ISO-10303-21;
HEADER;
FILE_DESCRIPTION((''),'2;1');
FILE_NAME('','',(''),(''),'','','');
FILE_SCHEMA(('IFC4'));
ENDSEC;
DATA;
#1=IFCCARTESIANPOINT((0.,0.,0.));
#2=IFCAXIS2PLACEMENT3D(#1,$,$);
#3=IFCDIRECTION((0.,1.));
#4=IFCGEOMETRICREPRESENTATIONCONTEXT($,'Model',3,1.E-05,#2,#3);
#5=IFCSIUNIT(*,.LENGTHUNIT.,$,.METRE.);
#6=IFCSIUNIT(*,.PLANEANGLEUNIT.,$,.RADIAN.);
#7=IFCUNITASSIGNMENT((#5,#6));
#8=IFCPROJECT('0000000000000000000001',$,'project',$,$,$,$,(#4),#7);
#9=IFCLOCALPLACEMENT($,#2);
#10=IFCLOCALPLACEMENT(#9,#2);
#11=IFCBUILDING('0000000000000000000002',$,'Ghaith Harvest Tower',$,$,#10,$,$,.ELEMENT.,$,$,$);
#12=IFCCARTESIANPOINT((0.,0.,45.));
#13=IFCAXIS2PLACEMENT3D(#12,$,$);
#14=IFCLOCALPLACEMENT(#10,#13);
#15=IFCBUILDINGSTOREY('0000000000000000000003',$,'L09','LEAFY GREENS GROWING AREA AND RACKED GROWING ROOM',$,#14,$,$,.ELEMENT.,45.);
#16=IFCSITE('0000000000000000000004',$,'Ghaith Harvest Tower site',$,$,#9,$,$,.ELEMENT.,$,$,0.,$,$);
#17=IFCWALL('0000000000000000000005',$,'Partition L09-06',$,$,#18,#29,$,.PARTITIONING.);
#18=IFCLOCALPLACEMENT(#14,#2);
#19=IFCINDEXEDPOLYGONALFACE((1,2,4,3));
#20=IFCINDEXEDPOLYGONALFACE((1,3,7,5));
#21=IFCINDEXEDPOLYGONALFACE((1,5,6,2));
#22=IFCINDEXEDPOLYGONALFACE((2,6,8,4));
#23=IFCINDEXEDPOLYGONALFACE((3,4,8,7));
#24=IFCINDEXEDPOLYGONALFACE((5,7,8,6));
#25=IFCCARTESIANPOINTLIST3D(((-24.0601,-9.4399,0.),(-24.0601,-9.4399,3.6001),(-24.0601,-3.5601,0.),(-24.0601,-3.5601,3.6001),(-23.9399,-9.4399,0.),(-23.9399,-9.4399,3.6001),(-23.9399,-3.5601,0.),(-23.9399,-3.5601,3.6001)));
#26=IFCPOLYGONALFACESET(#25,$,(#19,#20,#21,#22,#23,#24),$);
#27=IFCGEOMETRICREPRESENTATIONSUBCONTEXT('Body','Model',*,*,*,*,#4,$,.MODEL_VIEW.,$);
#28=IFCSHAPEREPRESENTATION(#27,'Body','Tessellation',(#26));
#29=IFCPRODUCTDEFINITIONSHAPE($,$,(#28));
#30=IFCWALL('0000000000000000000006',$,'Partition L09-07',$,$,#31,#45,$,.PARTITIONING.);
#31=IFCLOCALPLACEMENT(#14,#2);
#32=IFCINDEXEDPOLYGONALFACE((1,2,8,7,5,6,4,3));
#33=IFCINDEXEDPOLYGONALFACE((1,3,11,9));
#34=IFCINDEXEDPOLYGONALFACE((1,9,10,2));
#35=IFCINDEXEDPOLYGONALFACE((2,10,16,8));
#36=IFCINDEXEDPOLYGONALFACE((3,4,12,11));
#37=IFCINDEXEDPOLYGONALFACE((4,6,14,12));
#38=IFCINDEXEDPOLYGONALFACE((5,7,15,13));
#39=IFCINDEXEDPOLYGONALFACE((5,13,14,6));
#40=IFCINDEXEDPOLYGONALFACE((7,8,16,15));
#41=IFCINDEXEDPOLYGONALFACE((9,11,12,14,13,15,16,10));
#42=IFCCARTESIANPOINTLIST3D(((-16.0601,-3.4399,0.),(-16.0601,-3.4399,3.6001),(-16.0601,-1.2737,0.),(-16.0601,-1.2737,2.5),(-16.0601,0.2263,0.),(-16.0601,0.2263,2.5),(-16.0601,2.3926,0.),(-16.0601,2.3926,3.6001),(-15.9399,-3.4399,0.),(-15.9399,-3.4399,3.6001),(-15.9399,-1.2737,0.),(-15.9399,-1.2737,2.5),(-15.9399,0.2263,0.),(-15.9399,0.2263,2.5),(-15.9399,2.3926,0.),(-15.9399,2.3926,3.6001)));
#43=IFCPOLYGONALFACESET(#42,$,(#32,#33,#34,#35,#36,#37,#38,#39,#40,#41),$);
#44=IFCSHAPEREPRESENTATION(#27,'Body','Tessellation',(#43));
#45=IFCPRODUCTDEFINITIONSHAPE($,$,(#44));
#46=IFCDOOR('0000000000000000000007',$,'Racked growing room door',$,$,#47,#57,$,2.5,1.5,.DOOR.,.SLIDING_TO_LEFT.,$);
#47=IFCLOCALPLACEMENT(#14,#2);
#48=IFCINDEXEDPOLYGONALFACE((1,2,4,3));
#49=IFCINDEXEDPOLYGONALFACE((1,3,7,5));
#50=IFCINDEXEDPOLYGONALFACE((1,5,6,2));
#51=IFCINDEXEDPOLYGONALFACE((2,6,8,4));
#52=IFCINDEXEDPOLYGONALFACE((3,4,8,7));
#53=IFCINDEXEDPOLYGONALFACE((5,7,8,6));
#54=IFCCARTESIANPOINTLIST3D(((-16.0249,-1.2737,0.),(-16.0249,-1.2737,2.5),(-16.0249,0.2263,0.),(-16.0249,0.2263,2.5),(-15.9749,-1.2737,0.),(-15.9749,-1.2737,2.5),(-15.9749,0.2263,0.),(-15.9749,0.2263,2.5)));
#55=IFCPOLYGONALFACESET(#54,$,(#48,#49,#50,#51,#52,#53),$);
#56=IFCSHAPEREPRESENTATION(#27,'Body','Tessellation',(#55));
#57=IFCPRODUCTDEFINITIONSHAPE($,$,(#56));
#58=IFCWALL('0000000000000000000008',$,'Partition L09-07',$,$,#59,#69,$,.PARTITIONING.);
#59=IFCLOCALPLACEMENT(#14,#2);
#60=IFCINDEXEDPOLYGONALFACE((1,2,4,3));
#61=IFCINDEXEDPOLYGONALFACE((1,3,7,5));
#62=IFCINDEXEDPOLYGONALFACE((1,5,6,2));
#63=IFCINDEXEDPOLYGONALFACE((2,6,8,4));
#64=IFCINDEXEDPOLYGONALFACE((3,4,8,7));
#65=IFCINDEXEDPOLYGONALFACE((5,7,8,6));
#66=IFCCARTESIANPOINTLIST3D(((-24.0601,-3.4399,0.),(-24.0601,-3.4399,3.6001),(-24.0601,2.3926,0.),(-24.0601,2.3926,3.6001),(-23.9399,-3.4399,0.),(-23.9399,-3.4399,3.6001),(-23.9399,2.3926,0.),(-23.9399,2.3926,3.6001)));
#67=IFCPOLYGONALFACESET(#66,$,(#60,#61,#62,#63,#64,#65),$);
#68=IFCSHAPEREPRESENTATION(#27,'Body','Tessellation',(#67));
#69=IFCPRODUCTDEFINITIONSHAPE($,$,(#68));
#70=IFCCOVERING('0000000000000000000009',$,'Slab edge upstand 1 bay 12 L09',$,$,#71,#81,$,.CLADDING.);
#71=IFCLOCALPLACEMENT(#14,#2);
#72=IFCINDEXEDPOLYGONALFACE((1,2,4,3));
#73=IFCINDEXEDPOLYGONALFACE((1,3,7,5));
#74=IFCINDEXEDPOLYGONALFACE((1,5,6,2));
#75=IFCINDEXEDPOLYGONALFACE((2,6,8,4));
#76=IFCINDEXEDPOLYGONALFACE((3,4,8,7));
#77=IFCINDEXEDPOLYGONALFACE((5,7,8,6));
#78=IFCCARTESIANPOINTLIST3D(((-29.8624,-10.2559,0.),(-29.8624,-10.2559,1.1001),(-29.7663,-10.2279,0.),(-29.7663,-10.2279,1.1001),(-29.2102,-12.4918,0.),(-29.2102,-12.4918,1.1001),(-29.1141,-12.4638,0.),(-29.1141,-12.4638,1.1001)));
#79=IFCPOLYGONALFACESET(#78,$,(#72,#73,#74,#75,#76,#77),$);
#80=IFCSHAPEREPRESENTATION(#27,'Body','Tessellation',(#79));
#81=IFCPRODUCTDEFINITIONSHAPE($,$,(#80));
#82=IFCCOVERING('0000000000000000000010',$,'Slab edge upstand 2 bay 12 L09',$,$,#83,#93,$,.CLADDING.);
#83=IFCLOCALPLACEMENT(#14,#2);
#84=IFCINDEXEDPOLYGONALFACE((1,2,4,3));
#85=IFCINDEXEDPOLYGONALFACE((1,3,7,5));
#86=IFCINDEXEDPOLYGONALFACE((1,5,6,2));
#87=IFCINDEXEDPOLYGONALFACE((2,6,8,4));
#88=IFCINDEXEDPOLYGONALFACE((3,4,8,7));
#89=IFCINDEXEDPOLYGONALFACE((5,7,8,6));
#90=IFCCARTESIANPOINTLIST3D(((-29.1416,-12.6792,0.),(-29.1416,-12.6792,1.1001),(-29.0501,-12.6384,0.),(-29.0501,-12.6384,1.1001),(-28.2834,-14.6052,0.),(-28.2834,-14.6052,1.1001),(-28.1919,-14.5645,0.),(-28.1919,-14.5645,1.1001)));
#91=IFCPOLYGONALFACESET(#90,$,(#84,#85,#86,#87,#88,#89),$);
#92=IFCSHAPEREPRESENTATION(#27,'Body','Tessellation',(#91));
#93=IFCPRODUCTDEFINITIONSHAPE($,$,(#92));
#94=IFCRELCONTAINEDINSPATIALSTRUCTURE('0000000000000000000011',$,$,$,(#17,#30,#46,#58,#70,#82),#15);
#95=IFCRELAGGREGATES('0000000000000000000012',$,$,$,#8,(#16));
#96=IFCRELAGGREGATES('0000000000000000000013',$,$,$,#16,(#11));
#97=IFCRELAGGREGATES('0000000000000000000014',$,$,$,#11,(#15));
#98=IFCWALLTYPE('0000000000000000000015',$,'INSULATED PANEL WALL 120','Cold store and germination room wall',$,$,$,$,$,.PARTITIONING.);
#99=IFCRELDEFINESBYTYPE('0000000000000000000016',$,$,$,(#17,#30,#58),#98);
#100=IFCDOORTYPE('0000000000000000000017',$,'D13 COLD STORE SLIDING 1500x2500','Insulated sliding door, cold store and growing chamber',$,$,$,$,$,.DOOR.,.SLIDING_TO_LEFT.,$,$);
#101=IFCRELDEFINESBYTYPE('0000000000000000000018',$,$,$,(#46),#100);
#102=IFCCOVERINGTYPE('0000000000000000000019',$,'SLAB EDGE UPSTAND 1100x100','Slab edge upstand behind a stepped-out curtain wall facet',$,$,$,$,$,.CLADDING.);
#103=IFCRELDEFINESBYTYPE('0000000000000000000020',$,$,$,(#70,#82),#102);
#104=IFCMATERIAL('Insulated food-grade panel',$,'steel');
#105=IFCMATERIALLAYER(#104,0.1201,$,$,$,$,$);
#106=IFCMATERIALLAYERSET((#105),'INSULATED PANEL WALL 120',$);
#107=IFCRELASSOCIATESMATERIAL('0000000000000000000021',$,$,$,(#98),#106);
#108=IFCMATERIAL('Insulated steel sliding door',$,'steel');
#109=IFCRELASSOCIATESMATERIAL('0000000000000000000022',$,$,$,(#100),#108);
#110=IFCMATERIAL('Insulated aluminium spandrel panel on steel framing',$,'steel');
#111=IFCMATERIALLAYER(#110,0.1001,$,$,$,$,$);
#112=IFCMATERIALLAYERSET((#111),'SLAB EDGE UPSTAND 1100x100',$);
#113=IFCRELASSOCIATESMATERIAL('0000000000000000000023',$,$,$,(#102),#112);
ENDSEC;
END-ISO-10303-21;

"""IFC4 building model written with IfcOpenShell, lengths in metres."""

from ifc_helpers import new_model, si_unit, direction, frame, frame_2d, origin, origin_2d, place, context, subcontext, project, spatial, rectangle, extrude, material, layer, layer_set, type_object, element, fill, save


model = new_model("IFC4")

# Units and contexts
model_context = context("Model", 3, precision=1e-05, world=origin(), true_north=direction((0.0, 1.0)))
body_context = subcontext(model_context, "Body", "Model", "MODEL_VIEW")
ifc_project = project(units=[si_unit("LENGTHUNIT", "METRE"), si_unit("PLANEANGLEUNIT", "RADIAN")], contexts=[model_context])

# Site, building, storey
site_placement = place(None, origin())
site = spatial("IfcSite", under=ifc_project, at=site_placement, Name="Ghaith Harvest Tower site", CompositionType="ELEMENT", RefElevation=0.0)
building_placement = place(site_placement, origin())
building = spatial("IfcBuilding", under=site, at=building_placement, Name="Ghaith Harvest Tower", CompositionType="ELEMENT")
storey_placement = place(building_placement, frame((0.0, 0.0, 45.0)))
storey = spatial("IfcBuildingStorey", under=building, at=storey_placement, Name="L09", Description="LEAFY GREENS GROWING AREA AND RACKED GROWING ROOM", CompositionType="ELEMENT", Elevation=45.0)

# Shared definitions
ifc_material_1 = material(Name="Insulated food-grade panel", Category="steel")
ifc_layer_1 = layer(ifc_material_1, 0.1201)
ifc_layer_set_1 = layer_set([ifc_layer_1], Name="INSULATED PANEL WALL 120")
wall_type_1 = type_object("IfcWallType", Name="INSULATED PANEL WALL 120", Description="Cold store and germination room wall", PredefinedType="PARTITIONING", material=ifc_layer_set_1)

# Shared definitions
ifc_material_2 = material(Name="Insulated steel sliding door", Category="steel")
door_type_1 = type_object("IfcDoorType", Name="D13 COLD STORE SLIDING 1500x2500", Description="Insulated sliding door, cold store and growing chamber", OperationType="SLIDING_TO_LEFT", PredefinedType="DOOR", material=ifc_material_2)

# Wall
wall_1_placement = place(storey_placement, frame((-24.0, -9.4399, 0.0), z_axis=(0.0, 0.0, 1.0), x_axis=(0.0, 1.0, 0.0)))
element("IfcWall", 1, at=wall_1_placement, inside=storey, type_object=wall_type_1, Name="Partition L09-06", PredefinedType="PARTITIONING", context=body_context, shape_type="SweptSolid", body=[
    extrude(rectangle(XDim=5.8799, YDim=0.1201, at=frame_2d((2.9399, 0.0))), origin(), (0.0, 0.0, 1.0), 3.6001),
])

# Wall, opening, door
wall_2_placement = place(storey_placement, frame((-16.0, -3.4399, 0.0), z_axis=(0.0, 0.0, 1.0), x_axis=(0.0, 1.0, 0.0)))
wall_2 = element("IfcWall", 2, at=wall_2_placement, inside=storey, type_object=wall_type_1, Name="Partition L09-07", PredefinedType="PARTITIONING", context=body_context, shape_type="SweptSolid", body=[
    extrude(rectangle(XDim=5.8325, YDim=0.1201, at=frame_2d((2.9163, 0.0))), origin(), (0.0, 0.0, 1.0), 3.6001),
])
opening_1_placement = place(wall_2_placement, frame((2.1663, 0.0, 0.0)))
opening_1 = element("IfcOpeningElement", 3, at=opening_1_placement, cuts=wall_2, PredefinedType="OPENING", context=body_context, shape_type="SweptSolid", body=[
    extrude(rectangle(XDim=1.5, YDim=2.5, at=frame_2d((0.75, 1.25))), frame((0.0, 0.0701, 0.0), z_axis=(0.0, -1.0, 0.0), x_axis=(1.0, 0.0, 0.0)), (0.0, 0.0, 1.0), 0.1401),
])
door_1_placement = place(opening_1_placement, origin())
door_1 = element("IfcDoor", 4, at=door_1_placement, inside=storey, type_object=door_type_1, Name="Racked growing room door", OperationType="SLIDING_TO_LEFT", OverallHeight=2.5, OverallWidth=1.5, PredefinedType="DOOR", context=body_context, shape_type="SweptSolid", body=[
    extrude(rectangle(XDim=1.5, YDim=2.5, at=frame_2d((0.75, 1.25))), frame((0.0, 0.0249, 0.0), z_axis=(0.0, -1.0, 0.0), x_axis=(1.0, 0.0, 0.0)), (0.0, 0.0, 1.0), 0.05),
])
fill(opening_1, door_1)

# Wall
wall_3_placement = place(storey_placement, frame((-24.0, -3.4399, 0.0), z_axis=(0.0, 0.0, 1.0), x_axis=(0.0, 1.0, 0.0)))
element("IfcWall", 5, at=wall_3_placement, inside=storey, type_object=wall_type_1, Name="Partition L09-07", PredefinedType="PARTITIONING", context=body_context, shape_type="SweptSolid", body=[
    extrude(rectangle(XDim=5.8325, YDim=0.1201, at=frame_2d((2.9163, 0.0))), origin(), (0.0, 0.0, 1.0), 3.6001),
])

# Coverings
ifc_material_3 = material(Name="Insulated aluminium spandrel panel on steel framing", Category="steel")
ifc_layer_2 = layer(ifc_material_3, 0.1001)
ifc_layer_set_2 = layer_set([ifc_layer_2], Name="SLAB EDGE UPSTAND 1100x100")
covering_type = type_object("IfcCoveringType", Name="SLAB EDGE UPSTAND 1100x100", Description="Slab edge upstand behind a stepped-out curtain wall facet", PredefinedType="CLADDING", material=ifc_layer_set_2)
covering_1_placement = place(storey_placement, frame((-29.4883, -11.3599, 0.0), z_axis=(0.0, 0.0, 1.0), x_axis=(0.280032, -0.959991, 0.0)))
element("IfcCovering", 6, at=covering_1_placement, inside=storey, type_object=covering_type, Name="Slab edge upstand 1 bay 12 L09", PredefinedType="CLADDING", context=body_context, shape_type="SweptSolid", body=[
    extrude(rectangle(XDim=2.3291, YDim=0.1001, at=origin_2d()), origin(), (0.0, 0.0, 1.0), 1.1001),
])
covering_2_placement = place(storey_placement, frame((-28.6667, -13.6218, 0.0), z_axis=(0.0, 0.0, 1.0), x_axis=(0.407003, -0.913427, 0.0)))
element("IfcCovering", 7, at=covering_2_placement, inside=storey, type_object=covering_type, Name="Slab edge upstand 2 bay 12 L09", PredefinedType="CLADDING", context=body_context, shape_type="SweptSolid", body=[
    extrude(rectangle(XDim=2.1086, YDim=0.1001, at=origin_2d()), origin(), (0.0, 0.0, 1.0), 1.1001),
])

save(model, "model.ifc")
